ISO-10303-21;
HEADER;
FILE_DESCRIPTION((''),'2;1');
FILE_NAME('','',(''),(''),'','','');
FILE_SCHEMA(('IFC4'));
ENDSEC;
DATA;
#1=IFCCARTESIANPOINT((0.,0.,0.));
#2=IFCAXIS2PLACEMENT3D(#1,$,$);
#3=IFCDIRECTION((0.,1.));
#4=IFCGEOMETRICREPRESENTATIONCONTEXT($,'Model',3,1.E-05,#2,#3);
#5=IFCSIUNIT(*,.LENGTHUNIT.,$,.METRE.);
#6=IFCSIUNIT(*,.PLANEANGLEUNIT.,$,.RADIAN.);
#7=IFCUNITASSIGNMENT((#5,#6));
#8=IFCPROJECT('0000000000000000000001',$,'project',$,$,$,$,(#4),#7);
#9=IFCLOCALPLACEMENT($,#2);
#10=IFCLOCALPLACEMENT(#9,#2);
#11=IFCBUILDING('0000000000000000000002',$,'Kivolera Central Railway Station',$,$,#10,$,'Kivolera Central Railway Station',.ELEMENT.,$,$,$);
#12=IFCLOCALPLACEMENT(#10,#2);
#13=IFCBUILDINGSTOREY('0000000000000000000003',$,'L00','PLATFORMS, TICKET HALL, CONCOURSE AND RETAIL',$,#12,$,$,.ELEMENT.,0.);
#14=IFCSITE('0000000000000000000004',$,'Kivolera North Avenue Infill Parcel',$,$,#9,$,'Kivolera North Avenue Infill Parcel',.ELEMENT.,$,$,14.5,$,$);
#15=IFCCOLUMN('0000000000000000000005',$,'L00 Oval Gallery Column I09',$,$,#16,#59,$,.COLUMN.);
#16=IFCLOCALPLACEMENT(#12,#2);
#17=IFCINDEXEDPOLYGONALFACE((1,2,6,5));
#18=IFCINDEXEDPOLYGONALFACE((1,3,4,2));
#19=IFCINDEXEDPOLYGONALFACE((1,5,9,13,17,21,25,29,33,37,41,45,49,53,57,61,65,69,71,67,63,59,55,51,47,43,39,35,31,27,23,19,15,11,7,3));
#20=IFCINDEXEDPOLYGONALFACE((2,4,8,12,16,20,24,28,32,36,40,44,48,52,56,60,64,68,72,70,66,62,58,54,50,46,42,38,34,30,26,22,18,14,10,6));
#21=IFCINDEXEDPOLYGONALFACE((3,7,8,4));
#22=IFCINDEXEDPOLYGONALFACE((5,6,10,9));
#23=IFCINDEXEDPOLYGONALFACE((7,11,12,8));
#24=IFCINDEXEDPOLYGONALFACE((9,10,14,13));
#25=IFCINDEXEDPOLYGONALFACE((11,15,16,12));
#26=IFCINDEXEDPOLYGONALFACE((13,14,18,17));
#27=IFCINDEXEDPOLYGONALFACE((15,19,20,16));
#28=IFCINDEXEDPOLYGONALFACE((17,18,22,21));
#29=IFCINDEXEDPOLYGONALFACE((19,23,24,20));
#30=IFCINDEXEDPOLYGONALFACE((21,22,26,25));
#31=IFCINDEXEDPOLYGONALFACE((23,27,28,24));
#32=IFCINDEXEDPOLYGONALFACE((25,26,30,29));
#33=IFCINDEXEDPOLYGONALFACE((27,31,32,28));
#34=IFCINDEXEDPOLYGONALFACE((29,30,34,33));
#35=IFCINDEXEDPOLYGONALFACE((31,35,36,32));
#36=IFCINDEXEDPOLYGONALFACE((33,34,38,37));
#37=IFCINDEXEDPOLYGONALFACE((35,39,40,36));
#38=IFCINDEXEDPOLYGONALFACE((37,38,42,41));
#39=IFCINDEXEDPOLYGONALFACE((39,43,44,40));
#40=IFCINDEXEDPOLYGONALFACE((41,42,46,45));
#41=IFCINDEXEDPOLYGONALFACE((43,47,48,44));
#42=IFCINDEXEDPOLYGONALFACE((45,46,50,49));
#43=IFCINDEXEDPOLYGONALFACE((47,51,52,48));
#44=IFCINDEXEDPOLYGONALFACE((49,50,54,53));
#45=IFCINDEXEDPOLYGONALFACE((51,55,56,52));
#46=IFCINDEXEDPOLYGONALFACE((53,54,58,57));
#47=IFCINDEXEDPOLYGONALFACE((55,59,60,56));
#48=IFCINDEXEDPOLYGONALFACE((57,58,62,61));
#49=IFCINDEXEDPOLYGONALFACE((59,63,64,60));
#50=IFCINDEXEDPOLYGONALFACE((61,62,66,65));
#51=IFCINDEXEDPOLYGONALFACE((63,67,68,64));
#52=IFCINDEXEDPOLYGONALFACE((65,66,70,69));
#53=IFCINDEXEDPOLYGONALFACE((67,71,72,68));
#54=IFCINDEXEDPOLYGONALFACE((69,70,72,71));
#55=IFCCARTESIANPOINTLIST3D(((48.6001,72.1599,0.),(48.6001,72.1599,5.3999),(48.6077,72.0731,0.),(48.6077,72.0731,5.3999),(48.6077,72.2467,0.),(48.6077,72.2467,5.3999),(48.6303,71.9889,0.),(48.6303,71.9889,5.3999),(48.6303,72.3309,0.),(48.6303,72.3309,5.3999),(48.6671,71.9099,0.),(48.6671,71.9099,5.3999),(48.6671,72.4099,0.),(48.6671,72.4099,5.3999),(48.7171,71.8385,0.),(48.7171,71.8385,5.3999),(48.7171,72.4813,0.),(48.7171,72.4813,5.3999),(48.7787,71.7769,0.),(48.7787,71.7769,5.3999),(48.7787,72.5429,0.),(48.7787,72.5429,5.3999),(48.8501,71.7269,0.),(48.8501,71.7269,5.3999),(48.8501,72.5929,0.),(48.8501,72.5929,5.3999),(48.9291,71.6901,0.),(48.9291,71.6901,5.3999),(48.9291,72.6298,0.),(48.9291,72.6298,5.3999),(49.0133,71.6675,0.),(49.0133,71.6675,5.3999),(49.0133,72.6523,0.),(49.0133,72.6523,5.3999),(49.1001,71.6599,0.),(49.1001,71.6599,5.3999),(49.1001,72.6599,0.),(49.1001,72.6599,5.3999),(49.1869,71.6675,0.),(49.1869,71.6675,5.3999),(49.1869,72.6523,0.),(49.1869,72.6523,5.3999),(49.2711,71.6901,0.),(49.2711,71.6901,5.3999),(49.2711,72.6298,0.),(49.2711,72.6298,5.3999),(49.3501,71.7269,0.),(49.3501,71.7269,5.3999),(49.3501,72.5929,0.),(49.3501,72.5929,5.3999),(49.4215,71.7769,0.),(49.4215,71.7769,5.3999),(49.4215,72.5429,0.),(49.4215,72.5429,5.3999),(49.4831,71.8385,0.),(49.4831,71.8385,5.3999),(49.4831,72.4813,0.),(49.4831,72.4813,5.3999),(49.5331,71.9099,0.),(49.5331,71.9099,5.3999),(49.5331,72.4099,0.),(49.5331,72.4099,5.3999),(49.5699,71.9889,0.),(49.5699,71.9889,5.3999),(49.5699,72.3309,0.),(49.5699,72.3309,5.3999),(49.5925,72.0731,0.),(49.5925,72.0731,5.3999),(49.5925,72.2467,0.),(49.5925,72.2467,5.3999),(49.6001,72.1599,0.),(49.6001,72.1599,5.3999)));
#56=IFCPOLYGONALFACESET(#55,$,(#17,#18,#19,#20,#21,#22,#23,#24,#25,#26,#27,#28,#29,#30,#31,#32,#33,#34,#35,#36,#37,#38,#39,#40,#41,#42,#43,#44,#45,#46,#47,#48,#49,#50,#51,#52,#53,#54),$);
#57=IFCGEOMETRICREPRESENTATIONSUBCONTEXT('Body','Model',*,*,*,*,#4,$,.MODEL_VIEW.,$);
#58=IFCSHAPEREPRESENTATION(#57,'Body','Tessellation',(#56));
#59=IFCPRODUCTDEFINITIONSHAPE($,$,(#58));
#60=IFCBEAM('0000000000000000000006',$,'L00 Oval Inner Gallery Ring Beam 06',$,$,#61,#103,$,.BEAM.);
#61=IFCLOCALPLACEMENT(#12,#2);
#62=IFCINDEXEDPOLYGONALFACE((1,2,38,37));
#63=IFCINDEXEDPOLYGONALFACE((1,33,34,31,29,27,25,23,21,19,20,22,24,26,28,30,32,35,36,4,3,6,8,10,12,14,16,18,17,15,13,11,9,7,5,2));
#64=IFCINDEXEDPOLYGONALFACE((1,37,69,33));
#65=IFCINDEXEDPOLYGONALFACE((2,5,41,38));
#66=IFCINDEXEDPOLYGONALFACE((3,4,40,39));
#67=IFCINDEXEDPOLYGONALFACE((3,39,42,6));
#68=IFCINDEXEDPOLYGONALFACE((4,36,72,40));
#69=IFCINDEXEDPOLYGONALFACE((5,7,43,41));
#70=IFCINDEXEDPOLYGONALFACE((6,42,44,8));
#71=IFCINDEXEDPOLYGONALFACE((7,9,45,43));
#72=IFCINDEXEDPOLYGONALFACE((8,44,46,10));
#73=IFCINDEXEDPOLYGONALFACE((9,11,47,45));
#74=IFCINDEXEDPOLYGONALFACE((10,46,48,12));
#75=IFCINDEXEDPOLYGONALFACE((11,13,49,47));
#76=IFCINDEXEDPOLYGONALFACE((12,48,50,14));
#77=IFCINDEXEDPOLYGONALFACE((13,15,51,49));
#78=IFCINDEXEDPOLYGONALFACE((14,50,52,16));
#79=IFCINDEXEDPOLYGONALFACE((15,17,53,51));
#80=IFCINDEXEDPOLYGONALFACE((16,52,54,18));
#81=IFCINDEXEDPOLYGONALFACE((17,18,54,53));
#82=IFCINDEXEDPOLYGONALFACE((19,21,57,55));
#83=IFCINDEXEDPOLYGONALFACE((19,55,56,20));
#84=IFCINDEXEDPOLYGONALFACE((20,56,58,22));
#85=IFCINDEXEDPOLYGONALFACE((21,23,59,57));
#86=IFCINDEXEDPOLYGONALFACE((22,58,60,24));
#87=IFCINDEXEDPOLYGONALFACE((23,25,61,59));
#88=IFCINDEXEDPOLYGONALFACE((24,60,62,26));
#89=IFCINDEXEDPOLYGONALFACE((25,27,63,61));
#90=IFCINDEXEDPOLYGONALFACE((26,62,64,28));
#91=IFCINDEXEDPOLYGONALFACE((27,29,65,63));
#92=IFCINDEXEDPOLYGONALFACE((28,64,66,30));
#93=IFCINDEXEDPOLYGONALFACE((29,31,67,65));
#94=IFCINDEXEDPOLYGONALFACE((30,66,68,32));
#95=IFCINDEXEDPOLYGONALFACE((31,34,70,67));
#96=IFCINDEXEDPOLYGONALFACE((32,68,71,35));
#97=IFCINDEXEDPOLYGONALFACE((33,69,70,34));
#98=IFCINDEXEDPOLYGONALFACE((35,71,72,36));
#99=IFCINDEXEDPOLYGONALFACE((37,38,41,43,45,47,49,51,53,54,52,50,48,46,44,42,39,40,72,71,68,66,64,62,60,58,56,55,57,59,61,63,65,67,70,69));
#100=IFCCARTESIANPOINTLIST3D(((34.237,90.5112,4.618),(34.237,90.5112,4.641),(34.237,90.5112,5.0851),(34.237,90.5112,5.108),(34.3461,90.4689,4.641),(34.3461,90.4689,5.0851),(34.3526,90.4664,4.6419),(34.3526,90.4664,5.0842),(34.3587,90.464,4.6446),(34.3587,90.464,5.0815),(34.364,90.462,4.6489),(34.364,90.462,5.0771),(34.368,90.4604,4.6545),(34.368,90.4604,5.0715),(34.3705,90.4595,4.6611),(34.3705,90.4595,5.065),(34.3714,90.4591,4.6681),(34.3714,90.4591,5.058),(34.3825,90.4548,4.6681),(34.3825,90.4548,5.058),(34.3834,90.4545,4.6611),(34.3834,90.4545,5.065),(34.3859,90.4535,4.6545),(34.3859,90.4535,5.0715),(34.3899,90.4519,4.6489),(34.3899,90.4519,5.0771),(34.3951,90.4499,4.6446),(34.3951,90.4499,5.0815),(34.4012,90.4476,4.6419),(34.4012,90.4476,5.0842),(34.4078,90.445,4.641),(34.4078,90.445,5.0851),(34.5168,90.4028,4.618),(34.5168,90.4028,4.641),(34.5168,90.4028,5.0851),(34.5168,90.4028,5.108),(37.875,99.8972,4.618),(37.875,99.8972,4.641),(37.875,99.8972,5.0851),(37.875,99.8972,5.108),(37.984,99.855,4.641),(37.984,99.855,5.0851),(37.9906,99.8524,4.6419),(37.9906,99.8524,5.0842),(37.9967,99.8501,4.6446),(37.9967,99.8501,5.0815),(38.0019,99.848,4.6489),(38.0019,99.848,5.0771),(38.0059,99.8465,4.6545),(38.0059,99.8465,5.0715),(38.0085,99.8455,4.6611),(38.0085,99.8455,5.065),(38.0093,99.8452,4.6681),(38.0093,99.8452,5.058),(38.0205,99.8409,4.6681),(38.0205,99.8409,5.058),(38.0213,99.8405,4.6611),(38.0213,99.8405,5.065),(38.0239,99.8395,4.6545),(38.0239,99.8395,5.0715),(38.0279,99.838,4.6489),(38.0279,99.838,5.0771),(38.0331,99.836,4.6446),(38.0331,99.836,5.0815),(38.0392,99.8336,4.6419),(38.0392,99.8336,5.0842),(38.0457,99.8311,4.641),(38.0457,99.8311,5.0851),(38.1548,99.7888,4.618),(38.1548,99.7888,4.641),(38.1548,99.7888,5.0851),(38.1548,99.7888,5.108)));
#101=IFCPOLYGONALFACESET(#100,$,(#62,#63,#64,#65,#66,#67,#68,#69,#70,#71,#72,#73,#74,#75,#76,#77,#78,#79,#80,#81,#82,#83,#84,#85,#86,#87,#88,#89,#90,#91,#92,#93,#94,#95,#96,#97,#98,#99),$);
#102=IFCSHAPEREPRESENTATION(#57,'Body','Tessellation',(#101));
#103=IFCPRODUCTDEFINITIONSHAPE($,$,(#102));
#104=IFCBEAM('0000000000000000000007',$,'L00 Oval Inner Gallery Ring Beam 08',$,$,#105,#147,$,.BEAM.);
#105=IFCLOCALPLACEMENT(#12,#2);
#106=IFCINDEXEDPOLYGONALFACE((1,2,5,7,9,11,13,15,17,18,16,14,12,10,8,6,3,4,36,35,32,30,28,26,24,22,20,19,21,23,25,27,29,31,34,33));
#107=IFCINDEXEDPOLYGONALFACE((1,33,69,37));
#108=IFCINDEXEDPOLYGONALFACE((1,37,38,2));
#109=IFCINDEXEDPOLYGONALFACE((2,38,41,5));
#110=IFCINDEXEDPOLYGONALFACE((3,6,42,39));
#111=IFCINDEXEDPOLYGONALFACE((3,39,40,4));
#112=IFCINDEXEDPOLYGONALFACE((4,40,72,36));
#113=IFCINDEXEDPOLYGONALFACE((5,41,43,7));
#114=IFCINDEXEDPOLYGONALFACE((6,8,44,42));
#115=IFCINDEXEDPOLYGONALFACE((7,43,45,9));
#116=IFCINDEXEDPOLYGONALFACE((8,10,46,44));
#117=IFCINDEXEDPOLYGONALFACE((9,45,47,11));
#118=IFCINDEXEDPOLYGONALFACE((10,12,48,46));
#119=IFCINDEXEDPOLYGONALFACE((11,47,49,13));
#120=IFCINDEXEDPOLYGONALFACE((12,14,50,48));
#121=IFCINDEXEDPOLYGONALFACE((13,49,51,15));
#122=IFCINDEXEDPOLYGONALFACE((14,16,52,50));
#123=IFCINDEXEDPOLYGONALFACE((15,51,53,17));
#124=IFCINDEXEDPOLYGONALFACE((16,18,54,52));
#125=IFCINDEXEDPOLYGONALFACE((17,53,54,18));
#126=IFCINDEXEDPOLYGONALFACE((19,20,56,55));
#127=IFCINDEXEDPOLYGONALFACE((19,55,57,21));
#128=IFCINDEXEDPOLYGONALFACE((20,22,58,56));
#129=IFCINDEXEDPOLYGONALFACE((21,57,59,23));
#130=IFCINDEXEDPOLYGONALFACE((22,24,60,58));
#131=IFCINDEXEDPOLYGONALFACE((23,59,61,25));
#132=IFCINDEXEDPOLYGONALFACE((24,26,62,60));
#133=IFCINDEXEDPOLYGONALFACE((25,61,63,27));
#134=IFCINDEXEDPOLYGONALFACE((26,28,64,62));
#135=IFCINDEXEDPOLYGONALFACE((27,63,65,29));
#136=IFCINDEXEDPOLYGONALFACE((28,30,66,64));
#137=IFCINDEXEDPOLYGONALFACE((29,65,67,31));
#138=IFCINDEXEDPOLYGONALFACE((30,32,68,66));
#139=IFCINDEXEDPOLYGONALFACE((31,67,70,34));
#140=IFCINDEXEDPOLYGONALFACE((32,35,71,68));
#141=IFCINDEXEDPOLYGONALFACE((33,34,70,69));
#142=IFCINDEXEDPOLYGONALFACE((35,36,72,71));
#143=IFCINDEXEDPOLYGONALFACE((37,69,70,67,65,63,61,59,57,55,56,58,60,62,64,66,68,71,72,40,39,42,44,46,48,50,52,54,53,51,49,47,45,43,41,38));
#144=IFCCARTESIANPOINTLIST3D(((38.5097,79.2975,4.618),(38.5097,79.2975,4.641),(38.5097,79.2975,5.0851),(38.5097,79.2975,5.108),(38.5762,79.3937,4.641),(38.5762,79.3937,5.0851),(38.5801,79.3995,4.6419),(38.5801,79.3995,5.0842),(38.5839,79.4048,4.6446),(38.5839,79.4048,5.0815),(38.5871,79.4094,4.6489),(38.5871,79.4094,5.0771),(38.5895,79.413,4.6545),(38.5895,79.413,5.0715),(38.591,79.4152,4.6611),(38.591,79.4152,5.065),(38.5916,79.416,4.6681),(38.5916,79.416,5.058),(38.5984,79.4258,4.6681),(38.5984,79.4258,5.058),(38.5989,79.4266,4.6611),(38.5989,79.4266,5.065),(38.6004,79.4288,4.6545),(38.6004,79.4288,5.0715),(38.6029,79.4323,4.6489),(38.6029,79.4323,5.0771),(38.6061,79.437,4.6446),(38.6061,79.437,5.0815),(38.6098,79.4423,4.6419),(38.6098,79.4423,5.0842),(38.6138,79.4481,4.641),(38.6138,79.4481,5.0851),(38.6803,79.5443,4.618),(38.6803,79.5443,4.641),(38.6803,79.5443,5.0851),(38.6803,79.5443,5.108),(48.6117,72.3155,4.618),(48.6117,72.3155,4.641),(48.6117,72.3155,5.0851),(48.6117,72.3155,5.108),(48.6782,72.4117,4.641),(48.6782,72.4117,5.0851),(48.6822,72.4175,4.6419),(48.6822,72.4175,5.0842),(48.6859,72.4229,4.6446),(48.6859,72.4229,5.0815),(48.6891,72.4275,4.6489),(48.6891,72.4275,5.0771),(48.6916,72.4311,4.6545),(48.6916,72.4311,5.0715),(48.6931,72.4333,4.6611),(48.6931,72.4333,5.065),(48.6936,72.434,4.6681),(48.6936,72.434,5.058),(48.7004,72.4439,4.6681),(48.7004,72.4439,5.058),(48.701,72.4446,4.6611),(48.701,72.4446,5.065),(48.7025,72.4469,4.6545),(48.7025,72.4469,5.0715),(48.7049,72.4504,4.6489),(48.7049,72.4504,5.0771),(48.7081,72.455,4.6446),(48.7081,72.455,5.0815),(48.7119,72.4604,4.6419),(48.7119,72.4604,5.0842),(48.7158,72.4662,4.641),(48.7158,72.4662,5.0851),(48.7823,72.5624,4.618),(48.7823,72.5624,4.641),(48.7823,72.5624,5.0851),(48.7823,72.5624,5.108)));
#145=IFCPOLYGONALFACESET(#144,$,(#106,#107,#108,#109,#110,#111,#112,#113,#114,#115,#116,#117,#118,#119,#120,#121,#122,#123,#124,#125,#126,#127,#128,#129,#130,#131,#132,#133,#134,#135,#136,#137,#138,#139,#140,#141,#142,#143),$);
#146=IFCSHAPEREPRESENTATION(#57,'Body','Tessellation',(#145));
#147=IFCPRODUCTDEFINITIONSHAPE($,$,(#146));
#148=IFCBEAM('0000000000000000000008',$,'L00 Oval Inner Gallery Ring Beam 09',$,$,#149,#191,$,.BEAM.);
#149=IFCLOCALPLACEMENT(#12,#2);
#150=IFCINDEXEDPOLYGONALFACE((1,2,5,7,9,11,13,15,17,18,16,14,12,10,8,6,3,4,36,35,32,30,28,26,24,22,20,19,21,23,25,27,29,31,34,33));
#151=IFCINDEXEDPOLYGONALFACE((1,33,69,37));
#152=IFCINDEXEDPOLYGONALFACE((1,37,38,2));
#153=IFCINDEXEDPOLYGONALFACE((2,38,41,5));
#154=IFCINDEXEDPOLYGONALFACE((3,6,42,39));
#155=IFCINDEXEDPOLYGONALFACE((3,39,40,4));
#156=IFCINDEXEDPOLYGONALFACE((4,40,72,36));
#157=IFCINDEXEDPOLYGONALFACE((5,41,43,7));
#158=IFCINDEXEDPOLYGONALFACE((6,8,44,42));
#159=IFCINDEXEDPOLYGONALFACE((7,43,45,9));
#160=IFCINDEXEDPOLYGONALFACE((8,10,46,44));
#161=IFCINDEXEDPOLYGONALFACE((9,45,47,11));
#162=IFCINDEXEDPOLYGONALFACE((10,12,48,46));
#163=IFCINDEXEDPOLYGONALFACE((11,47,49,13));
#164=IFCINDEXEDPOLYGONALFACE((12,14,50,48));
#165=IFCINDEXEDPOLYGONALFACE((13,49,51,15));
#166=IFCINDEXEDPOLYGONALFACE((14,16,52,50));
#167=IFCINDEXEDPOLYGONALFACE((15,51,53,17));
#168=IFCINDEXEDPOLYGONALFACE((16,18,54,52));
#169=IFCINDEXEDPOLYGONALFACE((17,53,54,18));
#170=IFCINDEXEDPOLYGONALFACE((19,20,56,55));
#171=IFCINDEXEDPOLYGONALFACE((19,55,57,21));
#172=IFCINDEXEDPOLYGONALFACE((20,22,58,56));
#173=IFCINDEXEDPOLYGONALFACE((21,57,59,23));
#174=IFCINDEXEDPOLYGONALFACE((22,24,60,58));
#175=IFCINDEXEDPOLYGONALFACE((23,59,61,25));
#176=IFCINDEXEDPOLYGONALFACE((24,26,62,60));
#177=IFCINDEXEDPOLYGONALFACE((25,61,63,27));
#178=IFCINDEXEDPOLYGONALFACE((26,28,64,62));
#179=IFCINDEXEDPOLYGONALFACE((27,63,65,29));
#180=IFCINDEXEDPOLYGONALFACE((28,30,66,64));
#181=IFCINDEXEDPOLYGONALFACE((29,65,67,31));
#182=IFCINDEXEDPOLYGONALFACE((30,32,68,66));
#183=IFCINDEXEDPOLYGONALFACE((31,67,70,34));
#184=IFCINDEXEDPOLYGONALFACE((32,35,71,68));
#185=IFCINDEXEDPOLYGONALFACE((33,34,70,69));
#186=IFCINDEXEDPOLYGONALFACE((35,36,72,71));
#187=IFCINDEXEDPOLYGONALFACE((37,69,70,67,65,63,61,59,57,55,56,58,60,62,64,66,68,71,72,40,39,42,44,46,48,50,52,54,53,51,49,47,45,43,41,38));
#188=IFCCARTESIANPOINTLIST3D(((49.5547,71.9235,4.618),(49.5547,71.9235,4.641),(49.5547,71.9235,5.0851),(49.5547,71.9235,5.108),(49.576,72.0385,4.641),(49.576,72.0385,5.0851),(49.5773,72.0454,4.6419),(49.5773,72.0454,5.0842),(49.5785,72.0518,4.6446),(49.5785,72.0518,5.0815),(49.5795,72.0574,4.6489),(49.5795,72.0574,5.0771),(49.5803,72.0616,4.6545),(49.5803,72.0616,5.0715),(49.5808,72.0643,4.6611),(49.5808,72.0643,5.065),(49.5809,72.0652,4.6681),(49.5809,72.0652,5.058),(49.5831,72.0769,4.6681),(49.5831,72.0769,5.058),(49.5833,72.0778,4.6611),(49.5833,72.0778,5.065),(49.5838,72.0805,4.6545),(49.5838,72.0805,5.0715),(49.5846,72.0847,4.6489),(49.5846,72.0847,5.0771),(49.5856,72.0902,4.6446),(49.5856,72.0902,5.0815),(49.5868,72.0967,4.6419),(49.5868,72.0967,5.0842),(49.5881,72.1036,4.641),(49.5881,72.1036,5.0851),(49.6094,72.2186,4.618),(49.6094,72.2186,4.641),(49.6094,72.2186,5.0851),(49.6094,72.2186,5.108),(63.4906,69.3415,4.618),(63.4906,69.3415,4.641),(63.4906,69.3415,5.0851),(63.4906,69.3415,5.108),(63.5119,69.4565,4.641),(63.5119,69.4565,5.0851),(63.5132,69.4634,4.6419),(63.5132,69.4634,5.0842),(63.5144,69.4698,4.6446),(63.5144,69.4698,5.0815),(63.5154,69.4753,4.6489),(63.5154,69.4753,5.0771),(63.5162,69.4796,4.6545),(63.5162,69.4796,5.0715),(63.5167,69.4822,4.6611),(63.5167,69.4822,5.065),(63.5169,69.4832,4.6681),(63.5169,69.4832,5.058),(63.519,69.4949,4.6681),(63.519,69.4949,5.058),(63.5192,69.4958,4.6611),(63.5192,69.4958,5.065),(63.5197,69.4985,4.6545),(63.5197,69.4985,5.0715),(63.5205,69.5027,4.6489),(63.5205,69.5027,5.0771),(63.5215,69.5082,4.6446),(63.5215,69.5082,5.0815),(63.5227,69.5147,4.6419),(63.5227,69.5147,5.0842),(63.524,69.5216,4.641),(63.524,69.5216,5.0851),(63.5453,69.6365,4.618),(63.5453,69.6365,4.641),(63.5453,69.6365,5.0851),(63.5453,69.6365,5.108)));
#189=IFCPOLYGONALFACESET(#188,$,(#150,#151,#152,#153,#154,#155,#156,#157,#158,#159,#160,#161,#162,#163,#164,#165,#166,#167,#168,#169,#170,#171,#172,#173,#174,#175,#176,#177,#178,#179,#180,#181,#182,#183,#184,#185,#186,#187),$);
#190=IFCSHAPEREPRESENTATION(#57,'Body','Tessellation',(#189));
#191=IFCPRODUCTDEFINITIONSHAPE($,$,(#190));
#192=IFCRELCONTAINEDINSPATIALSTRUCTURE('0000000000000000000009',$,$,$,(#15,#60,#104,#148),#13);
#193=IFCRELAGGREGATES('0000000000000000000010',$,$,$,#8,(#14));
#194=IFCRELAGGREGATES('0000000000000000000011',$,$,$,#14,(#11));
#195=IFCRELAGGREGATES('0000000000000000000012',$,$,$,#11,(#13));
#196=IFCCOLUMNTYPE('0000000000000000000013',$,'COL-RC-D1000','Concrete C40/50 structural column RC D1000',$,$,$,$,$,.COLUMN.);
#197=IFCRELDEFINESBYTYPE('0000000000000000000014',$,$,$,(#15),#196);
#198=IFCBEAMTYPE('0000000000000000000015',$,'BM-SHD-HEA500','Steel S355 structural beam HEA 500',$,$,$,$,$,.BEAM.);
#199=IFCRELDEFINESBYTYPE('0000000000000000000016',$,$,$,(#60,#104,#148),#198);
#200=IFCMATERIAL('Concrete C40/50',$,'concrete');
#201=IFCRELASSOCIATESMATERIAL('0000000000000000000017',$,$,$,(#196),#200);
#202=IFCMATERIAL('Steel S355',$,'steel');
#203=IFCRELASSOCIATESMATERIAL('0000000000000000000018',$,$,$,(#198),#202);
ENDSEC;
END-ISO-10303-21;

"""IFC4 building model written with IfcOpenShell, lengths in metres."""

from ifc_helpers import new_model, si_unit, direction, frame, origin, origin_2d, place, context, subcontext, project, spatial, circle, i_section, extrude, material, material_profile, profile_set, type_object, element, save


model = new_model("IFC4")

# Units and contexts
model_context = context("Model", 3, precision=1e-05, world=origin(), true_north=direction((0.0, 1.0)))
body_context = subcontext(model_context, "Body", "Model", "MODEL_VIEW")
ifc_project = project(units=[si_unit("LENGTHUNIT", "METRE"), si_unit("PLANEANGLEUNIT", "RADIAN")], contexts=[model_context])

# Site, building, storey
site_placement = place(None, origin())
site = spatial("IfcSite", under=ifc_project, at=site_placement, Name="Kivolera North Avenue Infill Parcel", LongName="Kivolera North Avenue Infill Parcel", CompositionType="ELEMENT", RefElevation=14.5)
building_placement = place(site_placement, origin())
building = spatial("IfcBuilding", under=site, at=building_placement, Name="Kivolera Central Railway Station", LongName="Kivolera Central Railway Station", CompositionType="ELEMENT")
storey_placement = place(building_placement, origin())
storey = spatial("IfcBuildingStorey", under=building, at=storey_placement, Name="L00", Description="PLATFORMS, TICKET HALL, CONCOURSE AND RETAIL", CompositionType="ELEMENT", Elevation=0.0)

# Column
ifc_material_1 = material(Name="Concrete C40/50", Category="concrete")
ifc_material_profile_1 = material_profile(ifc_material_1, circle(Radius=0.5, at=origin_2d()), Name="RC D1000")
ifc_profile_set_1 = profile_set([ifc_material_profile_1], Name="Concrete C40/50")
column_type = type_object("IfcColumnType", Name="COL-RC-D1000", Description="Concrete C40/50 structural column RC D1000", PredefinedType="COLUMN", material=ifc_profile_set_1)
for number, where, z_axis, x_axis, name in (
    (1, (49.1001, 72.1599, 0.0), (0.0, 0.0, 1.0), (1.0, 0.0, 0.0), "L00 Oval Gallery Column I09"),
):
    element("IfcColumn", number, at=place(storey_placement, frame(where, z_axis=z_axis, x_axis=x_axis)), inside=storey, type_object=column_type, Name=name, PredefinedType="COLUMN", context=body_context, shape_type="SweptSolid", body=[
        extrude(circle(Radius=0.5, at=origin_2d()), origin(), (0.0, 0.0, 1.0), 5.3999),
    ])

# Beams
ifc_material_2 = material(Name="Steel S355", Category="steel")
ifc_material_profile_2 = material_profile(ifc_material_2, i_section(OverallWidth=0.3, OverallDepth=0.49, WebThickness=0.012, FlangeThickness=0.0229, FilletRadius=0.0271, at=origin_2d()), Name="HEA 500")
ifc_profile_set_2 = profile_set([ifc_material_profile_2], Name="Steel S355")
beam_type_1 = type_object("IfcBeamType", Name="BM-SHD-HEA500", Description="Steel S355 structural beam HEA 500", PredefinedType="BEAM", material=ifc_profile_set_2)
beam_1_placement = place(storey_placement, frame((38.0149, 99.843, 4.863), z_axis=(-0.361396, -0.932412, 0.0), x_axis=(0.932412, -0.361396, 0.0)))
element("IfcBeam", 2, at=beam_1_placement, inside=storey, type_object=beam_type_1, Name="L00 Oval Inner Gallery Ring Beam 06", PredefinedType="BEAM", context=body_context, shape_type="SweptSolid", body=[
    extrude(i_section(OverallWidth=0.3, OverallDepth=0.49, WebThickness=0.012, FlangeThickness=0.0229, FilletRadius=0.0271, at=origin_2d()), origin(), (0.0, 0.0, 1.0), 10.0664),
])
beam_2_placement = place(storey_placement, frame((38.595, 79.4209, 4.863), z_axis=(0.822641, -0.568561, 0.0), x_axis=(0.568561, 0.822641, 0.0)))
element("IfcBeam", 3, at=beam_2_placement, inside=storey, type_object=beam_type_1, Name="L00 Oval Inner Gallery Ring Beam 08", PredefinedType="BEAM", context=body_context, shape_type="SweptSolid", body=[
    extrude(i_section(OverallWidth=0.3, OverallDepth=0.49, WebThickness=0.012, FlangeThickness=0.0229, FilletRadius=0.0271, at=origin_2d()), origin(), (0.0, 0.0, 1.0), 12.28),
])
beam_3_placement = place(storey_placement, frame((49.582, 72.071, 4.863), z_axis=(0.983266, -0.182177, 0.0), x_axis=(0.182177, 0.983266, 0.0)))
element("IfcBeam", 4, at=beam_3_placement, inside=storey, type_object=beam_type_1, Name="L00 Oval Inner Gallery Ring Beam 09", PredefinedType="BEAM", context=body_context, shape_type="SweptSolid", body=[
    extrude(i_section(OverallWidth=0.3, OverallDepth=0.49, WebThickness=0.012, FlangeThickness=0.0229, FilletRadius=0.0271, at=origin_2d()), origin(), (0.0, 0.0, 1.0), 14.1731),
])

save(model, "model.ifc")
